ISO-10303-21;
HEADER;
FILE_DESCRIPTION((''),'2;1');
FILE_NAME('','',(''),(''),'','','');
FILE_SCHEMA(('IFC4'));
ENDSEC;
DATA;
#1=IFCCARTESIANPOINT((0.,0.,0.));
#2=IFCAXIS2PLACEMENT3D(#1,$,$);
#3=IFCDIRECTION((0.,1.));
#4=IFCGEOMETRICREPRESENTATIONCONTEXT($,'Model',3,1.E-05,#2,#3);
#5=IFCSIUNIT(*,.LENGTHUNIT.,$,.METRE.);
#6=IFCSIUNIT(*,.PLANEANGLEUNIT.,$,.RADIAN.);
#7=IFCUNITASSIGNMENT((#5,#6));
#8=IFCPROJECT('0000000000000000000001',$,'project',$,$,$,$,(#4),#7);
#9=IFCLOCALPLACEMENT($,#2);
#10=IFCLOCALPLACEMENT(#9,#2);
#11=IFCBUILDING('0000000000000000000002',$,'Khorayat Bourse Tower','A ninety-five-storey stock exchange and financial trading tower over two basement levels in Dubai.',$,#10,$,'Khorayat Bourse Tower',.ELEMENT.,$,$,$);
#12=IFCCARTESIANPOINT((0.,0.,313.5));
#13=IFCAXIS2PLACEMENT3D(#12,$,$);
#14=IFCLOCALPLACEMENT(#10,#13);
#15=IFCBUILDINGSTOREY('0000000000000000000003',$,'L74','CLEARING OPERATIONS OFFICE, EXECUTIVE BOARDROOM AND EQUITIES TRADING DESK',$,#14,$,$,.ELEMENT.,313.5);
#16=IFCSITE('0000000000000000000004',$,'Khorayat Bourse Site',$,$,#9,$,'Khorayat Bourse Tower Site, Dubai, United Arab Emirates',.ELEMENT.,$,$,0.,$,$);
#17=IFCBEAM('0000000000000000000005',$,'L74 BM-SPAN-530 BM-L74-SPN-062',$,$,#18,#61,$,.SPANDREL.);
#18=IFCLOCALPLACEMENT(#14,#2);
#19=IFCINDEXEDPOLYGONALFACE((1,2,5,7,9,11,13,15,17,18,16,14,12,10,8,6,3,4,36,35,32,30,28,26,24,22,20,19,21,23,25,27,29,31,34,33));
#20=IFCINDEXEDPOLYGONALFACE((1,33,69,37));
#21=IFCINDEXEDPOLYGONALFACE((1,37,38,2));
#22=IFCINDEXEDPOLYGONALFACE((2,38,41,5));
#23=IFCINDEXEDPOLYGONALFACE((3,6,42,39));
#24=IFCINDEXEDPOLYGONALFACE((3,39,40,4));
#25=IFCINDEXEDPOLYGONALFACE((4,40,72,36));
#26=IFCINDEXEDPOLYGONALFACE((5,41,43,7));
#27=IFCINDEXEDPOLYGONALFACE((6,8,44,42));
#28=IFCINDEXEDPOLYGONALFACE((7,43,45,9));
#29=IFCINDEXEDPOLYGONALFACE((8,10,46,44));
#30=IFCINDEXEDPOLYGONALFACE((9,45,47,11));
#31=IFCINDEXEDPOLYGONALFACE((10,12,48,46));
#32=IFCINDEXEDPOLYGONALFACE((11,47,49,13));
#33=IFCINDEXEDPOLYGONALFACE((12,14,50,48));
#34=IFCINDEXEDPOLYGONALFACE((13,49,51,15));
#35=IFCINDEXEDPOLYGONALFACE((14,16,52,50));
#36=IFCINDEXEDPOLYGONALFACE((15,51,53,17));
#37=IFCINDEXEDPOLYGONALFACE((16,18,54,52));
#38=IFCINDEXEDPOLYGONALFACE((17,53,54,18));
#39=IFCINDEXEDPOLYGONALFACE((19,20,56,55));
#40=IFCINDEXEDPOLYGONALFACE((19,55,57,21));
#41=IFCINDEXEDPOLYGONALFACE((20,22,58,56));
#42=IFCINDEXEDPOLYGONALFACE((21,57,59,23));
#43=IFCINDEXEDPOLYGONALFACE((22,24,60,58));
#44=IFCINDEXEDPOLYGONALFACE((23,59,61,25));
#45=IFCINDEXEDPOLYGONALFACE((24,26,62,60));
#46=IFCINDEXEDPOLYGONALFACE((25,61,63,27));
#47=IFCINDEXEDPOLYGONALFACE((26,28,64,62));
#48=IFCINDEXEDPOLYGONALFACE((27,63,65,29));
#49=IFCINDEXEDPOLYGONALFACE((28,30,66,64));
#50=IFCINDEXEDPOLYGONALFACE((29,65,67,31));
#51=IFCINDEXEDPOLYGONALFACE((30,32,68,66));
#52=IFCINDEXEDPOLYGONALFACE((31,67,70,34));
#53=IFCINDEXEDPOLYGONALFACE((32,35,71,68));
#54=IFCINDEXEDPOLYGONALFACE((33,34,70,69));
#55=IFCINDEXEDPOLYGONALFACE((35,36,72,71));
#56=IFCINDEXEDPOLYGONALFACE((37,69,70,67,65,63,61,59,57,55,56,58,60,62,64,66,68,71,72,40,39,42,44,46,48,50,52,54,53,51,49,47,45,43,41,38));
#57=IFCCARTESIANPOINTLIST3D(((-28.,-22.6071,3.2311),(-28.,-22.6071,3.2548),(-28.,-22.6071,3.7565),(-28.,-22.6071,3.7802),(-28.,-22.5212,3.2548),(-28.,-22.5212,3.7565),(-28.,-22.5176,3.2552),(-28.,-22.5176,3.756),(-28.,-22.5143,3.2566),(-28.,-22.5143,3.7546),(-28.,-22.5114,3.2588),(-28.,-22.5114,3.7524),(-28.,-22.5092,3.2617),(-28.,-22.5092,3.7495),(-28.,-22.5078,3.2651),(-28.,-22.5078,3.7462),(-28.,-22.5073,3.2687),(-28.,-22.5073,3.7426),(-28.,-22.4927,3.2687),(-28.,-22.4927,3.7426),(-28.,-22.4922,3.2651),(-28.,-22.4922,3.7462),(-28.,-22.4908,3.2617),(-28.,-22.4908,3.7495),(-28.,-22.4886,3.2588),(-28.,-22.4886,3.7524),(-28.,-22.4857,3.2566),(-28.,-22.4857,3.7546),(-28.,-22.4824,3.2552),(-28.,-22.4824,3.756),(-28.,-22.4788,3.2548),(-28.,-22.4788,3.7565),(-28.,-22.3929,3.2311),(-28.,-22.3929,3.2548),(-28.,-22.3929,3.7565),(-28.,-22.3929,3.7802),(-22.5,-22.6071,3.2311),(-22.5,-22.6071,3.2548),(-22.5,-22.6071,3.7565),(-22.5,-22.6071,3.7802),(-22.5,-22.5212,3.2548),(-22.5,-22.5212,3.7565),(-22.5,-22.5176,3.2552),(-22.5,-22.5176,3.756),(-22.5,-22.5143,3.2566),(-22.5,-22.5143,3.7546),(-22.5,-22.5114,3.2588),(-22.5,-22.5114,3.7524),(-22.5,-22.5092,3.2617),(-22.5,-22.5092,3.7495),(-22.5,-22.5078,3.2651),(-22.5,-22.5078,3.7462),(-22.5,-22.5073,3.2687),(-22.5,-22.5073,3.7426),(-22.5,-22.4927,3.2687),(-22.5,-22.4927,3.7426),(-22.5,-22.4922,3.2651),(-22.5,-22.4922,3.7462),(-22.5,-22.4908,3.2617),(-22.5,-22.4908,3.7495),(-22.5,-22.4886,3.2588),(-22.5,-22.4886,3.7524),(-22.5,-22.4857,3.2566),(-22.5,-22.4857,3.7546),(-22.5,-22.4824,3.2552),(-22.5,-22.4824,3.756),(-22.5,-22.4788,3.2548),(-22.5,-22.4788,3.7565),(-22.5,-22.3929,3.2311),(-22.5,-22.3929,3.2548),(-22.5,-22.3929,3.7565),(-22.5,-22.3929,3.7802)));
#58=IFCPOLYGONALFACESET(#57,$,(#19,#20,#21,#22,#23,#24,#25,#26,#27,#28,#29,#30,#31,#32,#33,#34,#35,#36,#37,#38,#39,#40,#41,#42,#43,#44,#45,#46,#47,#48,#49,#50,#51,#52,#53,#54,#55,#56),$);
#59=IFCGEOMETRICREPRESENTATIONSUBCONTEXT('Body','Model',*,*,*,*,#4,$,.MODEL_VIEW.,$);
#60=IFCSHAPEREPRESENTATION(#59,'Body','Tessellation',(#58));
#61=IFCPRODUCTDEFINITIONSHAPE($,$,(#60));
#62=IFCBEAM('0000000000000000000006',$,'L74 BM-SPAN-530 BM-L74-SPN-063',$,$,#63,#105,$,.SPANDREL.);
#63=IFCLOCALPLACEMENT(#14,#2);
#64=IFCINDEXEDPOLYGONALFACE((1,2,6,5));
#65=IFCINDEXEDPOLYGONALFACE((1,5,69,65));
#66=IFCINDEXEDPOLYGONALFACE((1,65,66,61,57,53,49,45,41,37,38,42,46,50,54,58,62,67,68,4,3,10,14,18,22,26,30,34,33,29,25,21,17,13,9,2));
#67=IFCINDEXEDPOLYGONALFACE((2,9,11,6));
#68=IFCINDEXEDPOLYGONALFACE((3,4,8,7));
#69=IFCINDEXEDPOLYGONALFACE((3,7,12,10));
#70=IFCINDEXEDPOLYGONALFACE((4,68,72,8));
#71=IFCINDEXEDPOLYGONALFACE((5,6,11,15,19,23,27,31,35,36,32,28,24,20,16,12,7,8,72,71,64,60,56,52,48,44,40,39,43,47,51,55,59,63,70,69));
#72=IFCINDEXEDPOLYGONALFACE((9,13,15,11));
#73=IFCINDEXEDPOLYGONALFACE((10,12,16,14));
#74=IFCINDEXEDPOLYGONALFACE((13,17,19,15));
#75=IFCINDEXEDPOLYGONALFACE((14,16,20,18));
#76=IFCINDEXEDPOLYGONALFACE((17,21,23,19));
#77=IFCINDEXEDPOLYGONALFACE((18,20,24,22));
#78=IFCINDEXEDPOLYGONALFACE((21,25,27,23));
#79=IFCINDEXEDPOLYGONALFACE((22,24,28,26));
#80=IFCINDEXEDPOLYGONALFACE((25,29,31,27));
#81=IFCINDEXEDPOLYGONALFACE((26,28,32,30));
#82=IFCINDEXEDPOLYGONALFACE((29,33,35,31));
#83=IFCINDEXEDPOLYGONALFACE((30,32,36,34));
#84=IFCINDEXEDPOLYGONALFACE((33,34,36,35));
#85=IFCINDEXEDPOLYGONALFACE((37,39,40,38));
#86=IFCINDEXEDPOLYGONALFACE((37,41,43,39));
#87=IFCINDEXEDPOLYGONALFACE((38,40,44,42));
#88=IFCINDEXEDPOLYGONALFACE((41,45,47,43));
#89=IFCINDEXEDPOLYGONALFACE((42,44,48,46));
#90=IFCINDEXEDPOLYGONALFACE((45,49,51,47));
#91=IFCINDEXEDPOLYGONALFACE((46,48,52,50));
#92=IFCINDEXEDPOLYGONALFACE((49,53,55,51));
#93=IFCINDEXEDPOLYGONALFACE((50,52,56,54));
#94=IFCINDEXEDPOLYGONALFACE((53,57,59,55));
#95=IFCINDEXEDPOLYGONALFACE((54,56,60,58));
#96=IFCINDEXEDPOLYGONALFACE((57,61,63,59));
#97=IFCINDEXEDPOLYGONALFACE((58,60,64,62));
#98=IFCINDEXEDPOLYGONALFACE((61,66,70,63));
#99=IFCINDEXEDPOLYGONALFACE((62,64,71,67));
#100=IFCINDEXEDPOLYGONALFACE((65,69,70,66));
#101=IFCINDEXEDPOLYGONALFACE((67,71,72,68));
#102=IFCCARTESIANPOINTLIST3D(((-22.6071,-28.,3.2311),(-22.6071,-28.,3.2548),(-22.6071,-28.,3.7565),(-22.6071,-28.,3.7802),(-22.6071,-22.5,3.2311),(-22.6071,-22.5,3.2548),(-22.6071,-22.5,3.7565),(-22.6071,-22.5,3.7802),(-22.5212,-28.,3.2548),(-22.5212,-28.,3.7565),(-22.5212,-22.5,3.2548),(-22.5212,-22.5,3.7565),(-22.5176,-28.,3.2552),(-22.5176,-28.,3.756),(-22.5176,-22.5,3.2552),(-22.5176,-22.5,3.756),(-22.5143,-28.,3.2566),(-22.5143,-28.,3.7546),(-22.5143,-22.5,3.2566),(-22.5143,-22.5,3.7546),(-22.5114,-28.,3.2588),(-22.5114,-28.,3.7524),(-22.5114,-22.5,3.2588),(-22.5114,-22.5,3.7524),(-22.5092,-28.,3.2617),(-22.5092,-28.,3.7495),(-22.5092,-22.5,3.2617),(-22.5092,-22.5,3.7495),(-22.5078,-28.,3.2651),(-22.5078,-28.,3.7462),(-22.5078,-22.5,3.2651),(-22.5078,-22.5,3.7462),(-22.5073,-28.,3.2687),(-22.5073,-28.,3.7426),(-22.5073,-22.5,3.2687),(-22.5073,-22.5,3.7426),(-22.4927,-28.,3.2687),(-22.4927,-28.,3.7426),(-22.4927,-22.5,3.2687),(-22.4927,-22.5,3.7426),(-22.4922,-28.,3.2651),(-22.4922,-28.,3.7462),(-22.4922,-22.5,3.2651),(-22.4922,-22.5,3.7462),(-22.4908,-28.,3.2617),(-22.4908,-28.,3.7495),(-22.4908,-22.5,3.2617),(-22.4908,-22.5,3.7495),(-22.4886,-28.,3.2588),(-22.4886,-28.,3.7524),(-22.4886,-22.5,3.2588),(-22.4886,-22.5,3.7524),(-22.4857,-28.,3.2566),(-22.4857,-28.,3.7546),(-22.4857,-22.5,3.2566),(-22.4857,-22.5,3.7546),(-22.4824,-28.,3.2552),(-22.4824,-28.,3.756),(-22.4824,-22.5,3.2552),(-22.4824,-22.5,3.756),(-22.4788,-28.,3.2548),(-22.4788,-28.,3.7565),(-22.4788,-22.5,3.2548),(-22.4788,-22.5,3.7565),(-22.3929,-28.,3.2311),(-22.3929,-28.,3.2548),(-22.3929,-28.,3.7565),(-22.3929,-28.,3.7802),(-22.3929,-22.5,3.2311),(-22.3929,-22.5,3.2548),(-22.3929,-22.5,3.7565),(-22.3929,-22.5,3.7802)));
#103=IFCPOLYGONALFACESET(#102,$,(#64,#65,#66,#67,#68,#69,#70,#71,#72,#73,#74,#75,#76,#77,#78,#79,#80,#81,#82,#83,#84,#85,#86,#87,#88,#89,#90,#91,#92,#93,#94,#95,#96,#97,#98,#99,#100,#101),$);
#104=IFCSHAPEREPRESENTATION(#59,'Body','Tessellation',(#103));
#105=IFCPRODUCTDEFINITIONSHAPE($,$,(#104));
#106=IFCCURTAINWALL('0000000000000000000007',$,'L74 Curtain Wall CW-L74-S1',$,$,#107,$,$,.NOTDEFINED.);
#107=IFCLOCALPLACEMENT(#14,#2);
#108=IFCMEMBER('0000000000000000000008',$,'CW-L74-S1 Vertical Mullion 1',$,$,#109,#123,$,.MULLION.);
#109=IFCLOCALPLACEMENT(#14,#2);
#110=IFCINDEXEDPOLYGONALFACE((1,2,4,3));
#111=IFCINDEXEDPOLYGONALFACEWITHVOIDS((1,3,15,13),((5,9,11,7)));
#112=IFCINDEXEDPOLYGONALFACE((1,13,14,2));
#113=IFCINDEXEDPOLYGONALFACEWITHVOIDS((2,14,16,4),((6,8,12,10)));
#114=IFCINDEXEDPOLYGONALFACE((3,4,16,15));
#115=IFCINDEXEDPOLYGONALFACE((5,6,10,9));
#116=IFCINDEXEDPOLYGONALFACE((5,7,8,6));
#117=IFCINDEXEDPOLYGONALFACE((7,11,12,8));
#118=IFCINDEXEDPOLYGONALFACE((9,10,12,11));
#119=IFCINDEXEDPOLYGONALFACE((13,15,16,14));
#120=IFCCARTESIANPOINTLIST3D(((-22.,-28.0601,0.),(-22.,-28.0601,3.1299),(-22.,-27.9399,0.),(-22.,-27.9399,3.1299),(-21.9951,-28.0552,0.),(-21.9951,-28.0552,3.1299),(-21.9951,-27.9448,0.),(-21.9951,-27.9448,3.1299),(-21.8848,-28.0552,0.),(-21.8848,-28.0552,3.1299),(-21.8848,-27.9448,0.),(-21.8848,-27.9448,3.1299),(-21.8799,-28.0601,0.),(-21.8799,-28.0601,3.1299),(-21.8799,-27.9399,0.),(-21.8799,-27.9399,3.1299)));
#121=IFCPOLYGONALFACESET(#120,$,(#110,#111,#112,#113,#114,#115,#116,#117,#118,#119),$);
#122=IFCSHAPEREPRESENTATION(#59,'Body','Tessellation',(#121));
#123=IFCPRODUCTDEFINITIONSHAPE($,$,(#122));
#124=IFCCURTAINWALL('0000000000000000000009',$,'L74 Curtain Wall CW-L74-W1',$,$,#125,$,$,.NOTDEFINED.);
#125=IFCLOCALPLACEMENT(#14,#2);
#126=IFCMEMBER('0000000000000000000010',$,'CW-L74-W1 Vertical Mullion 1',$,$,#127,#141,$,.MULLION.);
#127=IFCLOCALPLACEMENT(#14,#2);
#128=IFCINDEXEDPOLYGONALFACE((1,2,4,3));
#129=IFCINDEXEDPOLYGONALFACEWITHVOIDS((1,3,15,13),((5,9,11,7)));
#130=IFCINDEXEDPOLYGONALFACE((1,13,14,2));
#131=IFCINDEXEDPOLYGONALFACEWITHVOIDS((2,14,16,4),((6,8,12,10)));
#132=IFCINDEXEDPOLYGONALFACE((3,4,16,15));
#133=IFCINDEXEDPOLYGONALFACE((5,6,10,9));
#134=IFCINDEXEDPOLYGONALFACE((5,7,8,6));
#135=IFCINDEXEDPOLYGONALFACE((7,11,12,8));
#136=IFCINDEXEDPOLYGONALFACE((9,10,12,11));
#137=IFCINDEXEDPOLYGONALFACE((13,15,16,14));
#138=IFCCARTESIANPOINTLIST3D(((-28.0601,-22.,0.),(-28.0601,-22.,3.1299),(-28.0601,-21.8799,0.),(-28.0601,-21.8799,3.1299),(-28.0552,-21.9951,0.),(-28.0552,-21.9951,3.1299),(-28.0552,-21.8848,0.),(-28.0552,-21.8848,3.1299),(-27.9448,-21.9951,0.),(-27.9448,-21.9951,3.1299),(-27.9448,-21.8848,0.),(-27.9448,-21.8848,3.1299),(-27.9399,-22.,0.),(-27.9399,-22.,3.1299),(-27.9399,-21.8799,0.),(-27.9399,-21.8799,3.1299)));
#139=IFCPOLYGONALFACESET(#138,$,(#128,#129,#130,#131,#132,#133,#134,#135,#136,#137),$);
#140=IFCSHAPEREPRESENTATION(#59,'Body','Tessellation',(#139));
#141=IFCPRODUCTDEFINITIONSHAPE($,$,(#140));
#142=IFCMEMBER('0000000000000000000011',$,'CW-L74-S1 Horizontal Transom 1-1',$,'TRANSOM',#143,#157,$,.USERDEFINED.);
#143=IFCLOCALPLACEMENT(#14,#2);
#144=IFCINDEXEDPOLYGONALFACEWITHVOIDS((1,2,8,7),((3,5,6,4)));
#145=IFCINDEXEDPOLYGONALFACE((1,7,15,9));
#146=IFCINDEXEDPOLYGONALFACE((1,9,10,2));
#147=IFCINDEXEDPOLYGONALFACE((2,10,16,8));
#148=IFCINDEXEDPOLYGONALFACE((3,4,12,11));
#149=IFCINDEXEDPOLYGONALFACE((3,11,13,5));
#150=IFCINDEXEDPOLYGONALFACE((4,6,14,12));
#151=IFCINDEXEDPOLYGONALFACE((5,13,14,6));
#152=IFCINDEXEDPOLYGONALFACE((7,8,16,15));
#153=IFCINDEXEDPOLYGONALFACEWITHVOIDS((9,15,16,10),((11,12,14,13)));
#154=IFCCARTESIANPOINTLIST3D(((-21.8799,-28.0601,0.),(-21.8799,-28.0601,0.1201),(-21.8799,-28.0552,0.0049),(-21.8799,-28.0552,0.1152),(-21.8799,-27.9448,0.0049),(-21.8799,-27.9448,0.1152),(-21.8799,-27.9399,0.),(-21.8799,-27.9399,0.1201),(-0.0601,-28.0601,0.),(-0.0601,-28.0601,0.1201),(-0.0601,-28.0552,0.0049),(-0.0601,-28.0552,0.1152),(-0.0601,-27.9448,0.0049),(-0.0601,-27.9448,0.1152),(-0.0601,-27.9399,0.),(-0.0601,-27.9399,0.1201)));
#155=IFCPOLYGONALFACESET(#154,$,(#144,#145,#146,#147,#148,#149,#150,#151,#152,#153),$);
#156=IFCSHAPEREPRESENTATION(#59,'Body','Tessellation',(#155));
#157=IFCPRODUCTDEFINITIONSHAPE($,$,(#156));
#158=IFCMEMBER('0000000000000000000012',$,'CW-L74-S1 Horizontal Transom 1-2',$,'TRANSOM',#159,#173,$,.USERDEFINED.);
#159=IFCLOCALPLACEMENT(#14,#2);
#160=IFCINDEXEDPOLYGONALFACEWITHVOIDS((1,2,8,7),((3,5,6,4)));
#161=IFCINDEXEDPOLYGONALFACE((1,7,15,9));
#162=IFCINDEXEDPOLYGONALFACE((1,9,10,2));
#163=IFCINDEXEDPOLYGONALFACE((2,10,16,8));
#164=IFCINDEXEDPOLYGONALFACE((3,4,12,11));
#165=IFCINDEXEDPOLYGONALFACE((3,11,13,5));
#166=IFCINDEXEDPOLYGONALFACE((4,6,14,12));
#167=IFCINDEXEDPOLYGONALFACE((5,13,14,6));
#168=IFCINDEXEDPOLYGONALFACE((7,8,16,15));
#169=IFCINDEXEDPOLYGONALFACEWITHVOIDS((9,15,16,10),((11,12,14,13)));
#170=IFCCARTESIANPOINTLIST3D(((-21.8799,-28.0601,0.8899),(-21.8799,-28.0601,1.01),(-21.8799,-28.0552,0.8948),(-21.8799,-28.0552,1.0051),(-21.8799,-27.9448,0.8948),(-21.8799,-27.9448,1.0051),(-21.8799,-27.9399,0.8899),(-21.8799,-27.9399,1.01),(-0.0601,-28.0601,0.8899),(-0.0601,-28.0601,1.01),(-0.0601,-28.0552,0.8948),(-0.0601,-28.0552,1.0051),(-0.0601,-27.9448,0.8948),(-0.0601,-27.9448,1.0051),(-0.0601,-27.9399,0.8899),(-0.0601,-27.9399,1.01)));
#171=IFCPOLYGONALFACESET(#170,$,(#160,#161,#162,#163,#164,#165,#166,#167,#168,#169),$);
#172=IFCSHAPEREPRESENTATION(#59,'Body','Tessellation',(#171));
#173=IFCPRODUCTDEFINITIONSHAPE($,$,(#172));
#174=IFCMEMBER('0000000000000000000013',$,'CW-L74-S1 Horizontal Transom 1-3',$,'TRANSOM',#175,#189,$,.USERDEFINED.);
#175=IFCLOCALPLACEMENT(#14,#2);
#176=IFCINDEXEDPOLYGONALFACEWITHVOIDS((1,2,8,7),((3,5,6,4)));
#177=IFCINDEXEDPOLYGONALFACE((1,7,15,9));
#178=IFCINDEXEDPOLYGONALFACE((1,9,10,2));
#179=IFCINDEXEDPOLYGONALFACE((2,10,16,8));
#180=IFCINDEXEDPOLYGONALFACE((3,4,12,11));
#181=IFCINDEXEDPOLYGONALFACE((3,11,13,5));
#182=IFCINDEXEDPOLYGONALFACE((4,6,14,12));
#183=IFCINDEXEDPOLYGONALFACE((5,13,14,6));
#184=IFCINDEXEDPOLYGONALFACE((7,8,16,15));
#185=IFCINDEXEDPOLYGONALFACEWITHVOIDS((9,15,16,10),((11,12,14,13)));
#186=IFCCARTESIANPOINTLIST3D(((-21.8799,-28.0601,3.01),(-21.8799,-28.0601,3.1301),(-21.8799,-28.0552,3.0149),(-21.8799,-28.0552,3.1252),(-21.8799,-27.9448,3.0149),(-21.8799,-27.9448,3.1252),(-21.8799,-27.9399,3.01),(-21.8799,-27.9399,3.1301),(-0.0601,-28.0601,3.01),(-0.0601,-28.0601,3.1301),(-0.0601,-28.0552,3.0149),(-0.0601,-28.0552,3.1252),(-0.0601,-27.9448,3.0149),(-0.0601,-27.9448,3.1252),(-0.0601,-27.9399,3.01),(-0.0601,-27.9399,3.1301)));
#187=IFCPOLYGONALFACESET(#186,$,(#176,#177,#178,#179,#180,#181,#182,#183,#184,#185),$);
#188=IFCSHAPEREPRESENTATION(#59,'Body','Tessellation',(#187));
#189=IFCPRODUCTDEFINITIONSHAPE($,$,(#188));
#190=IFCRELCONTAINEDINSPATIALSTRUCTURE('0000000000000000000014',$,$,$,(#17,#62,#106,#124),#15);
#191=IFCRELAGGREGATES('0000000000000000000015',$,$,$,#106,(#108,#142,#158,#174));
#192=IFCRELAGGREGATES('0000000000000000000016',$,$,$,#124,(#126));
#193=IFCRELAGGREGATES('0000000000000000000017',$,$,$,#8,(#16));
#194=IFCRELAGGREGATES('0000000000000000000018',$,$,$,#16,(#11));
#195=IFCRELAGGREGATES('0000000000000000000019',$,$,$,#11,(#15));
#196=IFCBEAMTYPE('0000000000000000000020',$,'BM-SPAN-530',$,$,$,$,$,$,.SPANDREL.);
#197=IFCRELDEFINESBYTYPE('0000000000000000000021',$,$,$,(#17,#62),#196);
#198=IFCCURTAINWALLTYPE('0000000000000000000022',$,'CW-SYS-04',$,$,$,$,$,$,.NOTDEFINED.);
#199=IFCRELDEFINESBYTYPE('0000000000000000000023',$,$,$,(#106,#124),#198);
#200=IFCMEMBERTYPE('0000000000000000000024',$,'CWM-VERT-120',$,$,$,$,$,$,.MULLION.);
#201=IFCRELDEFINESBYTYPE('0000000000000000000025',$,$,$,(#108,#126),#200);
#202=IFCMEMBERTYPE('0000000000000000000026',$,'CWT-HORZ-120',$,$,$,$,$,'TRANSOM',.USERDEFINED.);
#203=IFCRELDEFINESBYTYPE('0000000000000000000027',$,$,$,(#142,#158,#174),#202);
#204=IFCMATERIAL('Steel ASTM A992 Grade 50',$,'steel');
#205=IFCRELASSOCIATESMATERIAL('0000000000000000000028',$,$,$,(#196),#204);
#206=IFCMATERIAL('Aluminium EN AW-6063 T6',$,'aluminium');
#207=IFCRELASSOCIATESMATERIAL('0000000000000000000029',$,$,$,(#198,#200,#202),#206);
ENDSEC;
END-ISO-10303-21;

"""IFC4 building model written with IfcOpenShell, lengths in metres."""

from ifc_helpers import new_model, si_unit, direction, frame, origin, origin_2d, place, context, subcontext, project, spatial, hollow_rectangle, i_section, extrude, source, transform, mapped, material, material_profile, profile_set, type_object, element, aggregate, save


model = new_model("IFC4")

# Units and contexts
model_context = context("Model", 3, precision=1e-05, world=origin(), true_north=direction((0.0, 1.0)))
body_context = subcontext(model_context, "Body", "Model", "MODEL_VIEW")
ifc_project = project(units=[si_unit("LENGTHUNIT", "METRE"), si_unit("PLANEANGLEUNIT", "RADIAN")], contexts=[model_context])

# Site, building, storey
site_placement = place(None, origin())
site = spatial("IfcSite", under=ifc_project, at=site_placement, Name="Khorayat Bourse Site", LongName="Khorayat Bourse Tower Site, Dubai, United Arab Emirates", CompositionType="ELEMENT", RefElevation=0.0)
building_placement = place(site_placement, origin())
building = spatial("IfcBuilding", under=site, at=building_placement, Name="Khorayat Bourse Tower", Description="A ninety-five-storey stock exchange and financial trading tower over two basement levels in Dubai.", LongName="Khorayat Bourse Tower", CompositionType="ELEMENT")
storey_placement = place(building_placement, frame((0.0, 0.0, 313.5)))
storey = spatial("IfcBuildingStorey", under=building, at=storey_placement, Name="L74", Description="CLEARING OPERATIONS OFFICE, EXECUTIVE BOARDROOM AND EQUITIES TRADING DESK", CompositionType="ELEMENT", Elevation=313.5)

# Beams
ifc_material_1 = material(Name="Steel ASTM A992 Grade 50", Category="steel")
ifc_material_profile_1 = material_profile(ifc_material_1, i_section(OverallWidth=0.2141, OverallDepth=0.5491, WebThickness=0.0146, FlangeThickness=0.0237, FilletRadius=0.0139, at=origin_2d()), Name="W530X138")
ifc_profile_set_1 = profile_set([ifc_material_profile_1], Name="Steel ASTM A992 Grade 50")
beam_type_1 = type_object("IfcBeamType", Name="BM-SPAN-530", PredefinedType="SPANDREL", material=ifc_profile_set_1)
shared_shape_1 = source(origin(), body_context, "Body", "SweptSolid", [
    extrude(i_section(OverallWidth=0.2141, OverallDepth=0.5491, WebThickness=0.0146, FlangeThickness=0.0237, FilletRadius=0.0139, at=origin_2d()), origin(), (0.0, 0.0, 1.0), 5.5),
])
for number, where, z_axis, x_axis, name in (
    (1, (-28.0, -22.5, 3.5056), (1.0, 0.0, 0.0), (0.0, 1.0, 0.0), "L74 BM-SPAN-530 BM-L74-SPN-062"),
    (2, (-22.5, -28.0, 3.5056), (0.0, 1.0, 0.0), (-1.0, 0.0, 0.0), "L74 BM-SPAN-530 BM-L74-SPN-063"),
):
    element("IfcBeam", number, at=place(storey_placement, frame(where, z_axis=z_axis, x_axis=x_axis)), inside=storey, type_object=beam_type_1, Name=name, PredefinedType="SPANDREL", context=body_context, shape_type="MappedRepresentation", body=[
        mapped(shared_shape_1, transform((0.0, 0.0, 0.0), scale=1.0)),
    ])

# Curtain walls, members
ifc_material_2 = material(Name="Aluminium EN AW-6063 T6", Category="aluminium")
curtain_wall_type = type_object("IfcCurtainWallType", Name="CW-SYS-04", PredefinedType="NOTDEFINED", material=ifc_material_2)
curtain_wall_1_placement = place(storey_placement, origin())
curtain_wall_1 = element("IfcCurtainWall", 3, at=curtain_wall_1_placement, inside=storey, type_object=curtain_wall_type, Name="L74 Curtain Wall CW-L74-S1", PredefinedType="NOTDEFINED")
ifc_material_profile_2 = material_profile(ifc_material_2, hollow_rectangle(XDim=0.1201, YDim=0.1201, WallThickness=0.0049, at=origin_2d()), Name="ALU 120x120x5")
ifc_profile_set_2 = profile_set([ifc_material_profile_2], Name="Aluminium EN AW-6063 T6")
member_type_1 = type_object("IfcMemberType", Name="CWM-VERT-120", PredefinedType="MULLION", material=ifc_profile_set_2)
shared_shape_2 = source(origin(), body_context, "Body", "SweptSolid", [
    extrude(hollow_rectangle(XDim=0.1201, YDim=0.1201, WallThickness=0.0049, at=origin_2d()), origin(), (0.0, 0.0, 1.0), 3.1299),
])
member_1_placement = place(storey_placement, frame((-21.9399, -28.0, 0.0), z_axis=(0.0, 0.0, 1.0), x_axis=(0.0, 1.0, 0.0)))
member_1 = element("IfcMember", 4, at=member_1_placement, type_object=member_type_1, Name="CW-L74-S1 Vertical Mullion 1", PredefinedType="MULLION", context=body_context, shape_type="MappedRepresentation", body=[
    mapped(shared_shape_2, transform((0.0, 0.0, 0.0), scale=1.0)),
])
curtain_wall_2_placement = place(storey_placement, origin())
curtain_wall_2 = element("IfcCurtainWall", 5, at=curtain_wall_2_placement, inside=storey, type_object=curtain_wall_type, Name="L74 Curtain Wall CW-L74-W1", PredefinedType="NOTDEFINED")
member_2_placement = place(storey_placement, frame((-28.0, -21.9399, 0.0), z_axis=(0.0, 0.0, 1.0), x_axis=(-1.0, 0.0, 0.0)))
member_2 = element("IfcMember", 6, at=member_2_placement, type_object=member_type_1, Name="CW-L74-W1 Vertical Mullion 1", PredefinedType="MULLION", context=body_context, shape_type="MappedRepresentation", body=[
    mapped(shared_shape_2, transform((0.0, 0.0, 0.0), scale=1.0)),
])

# Members
ifc_material_profile_3 = material_profile(ifc_material_2, hollow_rectangle(XDim=0.1201, YDim=0.1201, WallThickness=0.0049, at=origin_2d()), Name="ALU 120x120x5")
ifc_profile_set_3 = profile_set([ifc_material_profile_3], Name="Aluminium EN AW-6063 T6")
member_type_2 = type_object("IfcMemberType", Name="CWT-HORZ-120", ElementType="TRANSOM", PredefinedType="USERDEFINED", material=ifc_profile_set_3)
shared_shape_3 = source(origin(), body_context, "Body", "SweptSolid", [
    extrude(hollow_rectangle(XDim=0.1201, YDim=0.1201, WallThickness=0.0049, at=origin_2d()), origin(), (0.0, 0.0, 1.0), 21.8198),
])
member_3_placement = place(storey_placement, frame((-21.8799, -28.0, 0.0601), z_axis=(1.0, 0.0, 0.0), x_axis=(0.0, 1.0, 0.0)))
member_3 = element("IfcMember", 7, at=member_3_placement, type_object=member_type_2, Name="CW-L74-S1 Horizontal Transom 1-1", ObjectType="TRANSOM", PredefinedType="USERDEFINED", context=body_context, shape_type="MappedRepresentation", body=[
    mapped(shared_shape_3, transform((0.0, 0.0, 0.0), scale=1.0)),
])
member_4_placement = place(storey_placement, frame((-21.8799, -28.0, 0.95), z_axis=(1.0, 0.0, 0.0), x_axis=(0.0, 1.0, 0.0)))
member_4 = element("IfcMember", 8, at=member_4_placement, type_object=member_type_2, Name="CW-L74-S1 Horizontal Transom 1-2", ObjectType="TRANSOM", PredefinedType="USERDEFINED", context=body_context, shape_type="MappedRepresentation", body=[
    mapped(shared_shape_3, transform((0.0, 0.0, 0.0), scale=1.0)),
])
member_5_placement = place(storey_placement, frame((-21.8799, -28.0, 3.0701), z_axis=(1.0, 0.0, 0.0), x_axis=(0.0, 1.0, 0.0)))
member_5 = element("IfcMember", 9, at=member_5_placement, type_object=member_type_2, Name="CW-L74-S1 Horizontal Transom 1-3", ObjectType="TRANSOM", PredefinedType="USERDEFINED", context=body_context, shape_type="MappedRepresentation", body=[
    mapped(shared_shape_3, transform((0.0, 0.0, 0.0), scale=1.0)),
])
aggregate(curtain_wall_1, [member_1, member_3, member_4, member_5])
aggregate(curtain_wall_2, [member_2])

save(model, "model.ifc")
